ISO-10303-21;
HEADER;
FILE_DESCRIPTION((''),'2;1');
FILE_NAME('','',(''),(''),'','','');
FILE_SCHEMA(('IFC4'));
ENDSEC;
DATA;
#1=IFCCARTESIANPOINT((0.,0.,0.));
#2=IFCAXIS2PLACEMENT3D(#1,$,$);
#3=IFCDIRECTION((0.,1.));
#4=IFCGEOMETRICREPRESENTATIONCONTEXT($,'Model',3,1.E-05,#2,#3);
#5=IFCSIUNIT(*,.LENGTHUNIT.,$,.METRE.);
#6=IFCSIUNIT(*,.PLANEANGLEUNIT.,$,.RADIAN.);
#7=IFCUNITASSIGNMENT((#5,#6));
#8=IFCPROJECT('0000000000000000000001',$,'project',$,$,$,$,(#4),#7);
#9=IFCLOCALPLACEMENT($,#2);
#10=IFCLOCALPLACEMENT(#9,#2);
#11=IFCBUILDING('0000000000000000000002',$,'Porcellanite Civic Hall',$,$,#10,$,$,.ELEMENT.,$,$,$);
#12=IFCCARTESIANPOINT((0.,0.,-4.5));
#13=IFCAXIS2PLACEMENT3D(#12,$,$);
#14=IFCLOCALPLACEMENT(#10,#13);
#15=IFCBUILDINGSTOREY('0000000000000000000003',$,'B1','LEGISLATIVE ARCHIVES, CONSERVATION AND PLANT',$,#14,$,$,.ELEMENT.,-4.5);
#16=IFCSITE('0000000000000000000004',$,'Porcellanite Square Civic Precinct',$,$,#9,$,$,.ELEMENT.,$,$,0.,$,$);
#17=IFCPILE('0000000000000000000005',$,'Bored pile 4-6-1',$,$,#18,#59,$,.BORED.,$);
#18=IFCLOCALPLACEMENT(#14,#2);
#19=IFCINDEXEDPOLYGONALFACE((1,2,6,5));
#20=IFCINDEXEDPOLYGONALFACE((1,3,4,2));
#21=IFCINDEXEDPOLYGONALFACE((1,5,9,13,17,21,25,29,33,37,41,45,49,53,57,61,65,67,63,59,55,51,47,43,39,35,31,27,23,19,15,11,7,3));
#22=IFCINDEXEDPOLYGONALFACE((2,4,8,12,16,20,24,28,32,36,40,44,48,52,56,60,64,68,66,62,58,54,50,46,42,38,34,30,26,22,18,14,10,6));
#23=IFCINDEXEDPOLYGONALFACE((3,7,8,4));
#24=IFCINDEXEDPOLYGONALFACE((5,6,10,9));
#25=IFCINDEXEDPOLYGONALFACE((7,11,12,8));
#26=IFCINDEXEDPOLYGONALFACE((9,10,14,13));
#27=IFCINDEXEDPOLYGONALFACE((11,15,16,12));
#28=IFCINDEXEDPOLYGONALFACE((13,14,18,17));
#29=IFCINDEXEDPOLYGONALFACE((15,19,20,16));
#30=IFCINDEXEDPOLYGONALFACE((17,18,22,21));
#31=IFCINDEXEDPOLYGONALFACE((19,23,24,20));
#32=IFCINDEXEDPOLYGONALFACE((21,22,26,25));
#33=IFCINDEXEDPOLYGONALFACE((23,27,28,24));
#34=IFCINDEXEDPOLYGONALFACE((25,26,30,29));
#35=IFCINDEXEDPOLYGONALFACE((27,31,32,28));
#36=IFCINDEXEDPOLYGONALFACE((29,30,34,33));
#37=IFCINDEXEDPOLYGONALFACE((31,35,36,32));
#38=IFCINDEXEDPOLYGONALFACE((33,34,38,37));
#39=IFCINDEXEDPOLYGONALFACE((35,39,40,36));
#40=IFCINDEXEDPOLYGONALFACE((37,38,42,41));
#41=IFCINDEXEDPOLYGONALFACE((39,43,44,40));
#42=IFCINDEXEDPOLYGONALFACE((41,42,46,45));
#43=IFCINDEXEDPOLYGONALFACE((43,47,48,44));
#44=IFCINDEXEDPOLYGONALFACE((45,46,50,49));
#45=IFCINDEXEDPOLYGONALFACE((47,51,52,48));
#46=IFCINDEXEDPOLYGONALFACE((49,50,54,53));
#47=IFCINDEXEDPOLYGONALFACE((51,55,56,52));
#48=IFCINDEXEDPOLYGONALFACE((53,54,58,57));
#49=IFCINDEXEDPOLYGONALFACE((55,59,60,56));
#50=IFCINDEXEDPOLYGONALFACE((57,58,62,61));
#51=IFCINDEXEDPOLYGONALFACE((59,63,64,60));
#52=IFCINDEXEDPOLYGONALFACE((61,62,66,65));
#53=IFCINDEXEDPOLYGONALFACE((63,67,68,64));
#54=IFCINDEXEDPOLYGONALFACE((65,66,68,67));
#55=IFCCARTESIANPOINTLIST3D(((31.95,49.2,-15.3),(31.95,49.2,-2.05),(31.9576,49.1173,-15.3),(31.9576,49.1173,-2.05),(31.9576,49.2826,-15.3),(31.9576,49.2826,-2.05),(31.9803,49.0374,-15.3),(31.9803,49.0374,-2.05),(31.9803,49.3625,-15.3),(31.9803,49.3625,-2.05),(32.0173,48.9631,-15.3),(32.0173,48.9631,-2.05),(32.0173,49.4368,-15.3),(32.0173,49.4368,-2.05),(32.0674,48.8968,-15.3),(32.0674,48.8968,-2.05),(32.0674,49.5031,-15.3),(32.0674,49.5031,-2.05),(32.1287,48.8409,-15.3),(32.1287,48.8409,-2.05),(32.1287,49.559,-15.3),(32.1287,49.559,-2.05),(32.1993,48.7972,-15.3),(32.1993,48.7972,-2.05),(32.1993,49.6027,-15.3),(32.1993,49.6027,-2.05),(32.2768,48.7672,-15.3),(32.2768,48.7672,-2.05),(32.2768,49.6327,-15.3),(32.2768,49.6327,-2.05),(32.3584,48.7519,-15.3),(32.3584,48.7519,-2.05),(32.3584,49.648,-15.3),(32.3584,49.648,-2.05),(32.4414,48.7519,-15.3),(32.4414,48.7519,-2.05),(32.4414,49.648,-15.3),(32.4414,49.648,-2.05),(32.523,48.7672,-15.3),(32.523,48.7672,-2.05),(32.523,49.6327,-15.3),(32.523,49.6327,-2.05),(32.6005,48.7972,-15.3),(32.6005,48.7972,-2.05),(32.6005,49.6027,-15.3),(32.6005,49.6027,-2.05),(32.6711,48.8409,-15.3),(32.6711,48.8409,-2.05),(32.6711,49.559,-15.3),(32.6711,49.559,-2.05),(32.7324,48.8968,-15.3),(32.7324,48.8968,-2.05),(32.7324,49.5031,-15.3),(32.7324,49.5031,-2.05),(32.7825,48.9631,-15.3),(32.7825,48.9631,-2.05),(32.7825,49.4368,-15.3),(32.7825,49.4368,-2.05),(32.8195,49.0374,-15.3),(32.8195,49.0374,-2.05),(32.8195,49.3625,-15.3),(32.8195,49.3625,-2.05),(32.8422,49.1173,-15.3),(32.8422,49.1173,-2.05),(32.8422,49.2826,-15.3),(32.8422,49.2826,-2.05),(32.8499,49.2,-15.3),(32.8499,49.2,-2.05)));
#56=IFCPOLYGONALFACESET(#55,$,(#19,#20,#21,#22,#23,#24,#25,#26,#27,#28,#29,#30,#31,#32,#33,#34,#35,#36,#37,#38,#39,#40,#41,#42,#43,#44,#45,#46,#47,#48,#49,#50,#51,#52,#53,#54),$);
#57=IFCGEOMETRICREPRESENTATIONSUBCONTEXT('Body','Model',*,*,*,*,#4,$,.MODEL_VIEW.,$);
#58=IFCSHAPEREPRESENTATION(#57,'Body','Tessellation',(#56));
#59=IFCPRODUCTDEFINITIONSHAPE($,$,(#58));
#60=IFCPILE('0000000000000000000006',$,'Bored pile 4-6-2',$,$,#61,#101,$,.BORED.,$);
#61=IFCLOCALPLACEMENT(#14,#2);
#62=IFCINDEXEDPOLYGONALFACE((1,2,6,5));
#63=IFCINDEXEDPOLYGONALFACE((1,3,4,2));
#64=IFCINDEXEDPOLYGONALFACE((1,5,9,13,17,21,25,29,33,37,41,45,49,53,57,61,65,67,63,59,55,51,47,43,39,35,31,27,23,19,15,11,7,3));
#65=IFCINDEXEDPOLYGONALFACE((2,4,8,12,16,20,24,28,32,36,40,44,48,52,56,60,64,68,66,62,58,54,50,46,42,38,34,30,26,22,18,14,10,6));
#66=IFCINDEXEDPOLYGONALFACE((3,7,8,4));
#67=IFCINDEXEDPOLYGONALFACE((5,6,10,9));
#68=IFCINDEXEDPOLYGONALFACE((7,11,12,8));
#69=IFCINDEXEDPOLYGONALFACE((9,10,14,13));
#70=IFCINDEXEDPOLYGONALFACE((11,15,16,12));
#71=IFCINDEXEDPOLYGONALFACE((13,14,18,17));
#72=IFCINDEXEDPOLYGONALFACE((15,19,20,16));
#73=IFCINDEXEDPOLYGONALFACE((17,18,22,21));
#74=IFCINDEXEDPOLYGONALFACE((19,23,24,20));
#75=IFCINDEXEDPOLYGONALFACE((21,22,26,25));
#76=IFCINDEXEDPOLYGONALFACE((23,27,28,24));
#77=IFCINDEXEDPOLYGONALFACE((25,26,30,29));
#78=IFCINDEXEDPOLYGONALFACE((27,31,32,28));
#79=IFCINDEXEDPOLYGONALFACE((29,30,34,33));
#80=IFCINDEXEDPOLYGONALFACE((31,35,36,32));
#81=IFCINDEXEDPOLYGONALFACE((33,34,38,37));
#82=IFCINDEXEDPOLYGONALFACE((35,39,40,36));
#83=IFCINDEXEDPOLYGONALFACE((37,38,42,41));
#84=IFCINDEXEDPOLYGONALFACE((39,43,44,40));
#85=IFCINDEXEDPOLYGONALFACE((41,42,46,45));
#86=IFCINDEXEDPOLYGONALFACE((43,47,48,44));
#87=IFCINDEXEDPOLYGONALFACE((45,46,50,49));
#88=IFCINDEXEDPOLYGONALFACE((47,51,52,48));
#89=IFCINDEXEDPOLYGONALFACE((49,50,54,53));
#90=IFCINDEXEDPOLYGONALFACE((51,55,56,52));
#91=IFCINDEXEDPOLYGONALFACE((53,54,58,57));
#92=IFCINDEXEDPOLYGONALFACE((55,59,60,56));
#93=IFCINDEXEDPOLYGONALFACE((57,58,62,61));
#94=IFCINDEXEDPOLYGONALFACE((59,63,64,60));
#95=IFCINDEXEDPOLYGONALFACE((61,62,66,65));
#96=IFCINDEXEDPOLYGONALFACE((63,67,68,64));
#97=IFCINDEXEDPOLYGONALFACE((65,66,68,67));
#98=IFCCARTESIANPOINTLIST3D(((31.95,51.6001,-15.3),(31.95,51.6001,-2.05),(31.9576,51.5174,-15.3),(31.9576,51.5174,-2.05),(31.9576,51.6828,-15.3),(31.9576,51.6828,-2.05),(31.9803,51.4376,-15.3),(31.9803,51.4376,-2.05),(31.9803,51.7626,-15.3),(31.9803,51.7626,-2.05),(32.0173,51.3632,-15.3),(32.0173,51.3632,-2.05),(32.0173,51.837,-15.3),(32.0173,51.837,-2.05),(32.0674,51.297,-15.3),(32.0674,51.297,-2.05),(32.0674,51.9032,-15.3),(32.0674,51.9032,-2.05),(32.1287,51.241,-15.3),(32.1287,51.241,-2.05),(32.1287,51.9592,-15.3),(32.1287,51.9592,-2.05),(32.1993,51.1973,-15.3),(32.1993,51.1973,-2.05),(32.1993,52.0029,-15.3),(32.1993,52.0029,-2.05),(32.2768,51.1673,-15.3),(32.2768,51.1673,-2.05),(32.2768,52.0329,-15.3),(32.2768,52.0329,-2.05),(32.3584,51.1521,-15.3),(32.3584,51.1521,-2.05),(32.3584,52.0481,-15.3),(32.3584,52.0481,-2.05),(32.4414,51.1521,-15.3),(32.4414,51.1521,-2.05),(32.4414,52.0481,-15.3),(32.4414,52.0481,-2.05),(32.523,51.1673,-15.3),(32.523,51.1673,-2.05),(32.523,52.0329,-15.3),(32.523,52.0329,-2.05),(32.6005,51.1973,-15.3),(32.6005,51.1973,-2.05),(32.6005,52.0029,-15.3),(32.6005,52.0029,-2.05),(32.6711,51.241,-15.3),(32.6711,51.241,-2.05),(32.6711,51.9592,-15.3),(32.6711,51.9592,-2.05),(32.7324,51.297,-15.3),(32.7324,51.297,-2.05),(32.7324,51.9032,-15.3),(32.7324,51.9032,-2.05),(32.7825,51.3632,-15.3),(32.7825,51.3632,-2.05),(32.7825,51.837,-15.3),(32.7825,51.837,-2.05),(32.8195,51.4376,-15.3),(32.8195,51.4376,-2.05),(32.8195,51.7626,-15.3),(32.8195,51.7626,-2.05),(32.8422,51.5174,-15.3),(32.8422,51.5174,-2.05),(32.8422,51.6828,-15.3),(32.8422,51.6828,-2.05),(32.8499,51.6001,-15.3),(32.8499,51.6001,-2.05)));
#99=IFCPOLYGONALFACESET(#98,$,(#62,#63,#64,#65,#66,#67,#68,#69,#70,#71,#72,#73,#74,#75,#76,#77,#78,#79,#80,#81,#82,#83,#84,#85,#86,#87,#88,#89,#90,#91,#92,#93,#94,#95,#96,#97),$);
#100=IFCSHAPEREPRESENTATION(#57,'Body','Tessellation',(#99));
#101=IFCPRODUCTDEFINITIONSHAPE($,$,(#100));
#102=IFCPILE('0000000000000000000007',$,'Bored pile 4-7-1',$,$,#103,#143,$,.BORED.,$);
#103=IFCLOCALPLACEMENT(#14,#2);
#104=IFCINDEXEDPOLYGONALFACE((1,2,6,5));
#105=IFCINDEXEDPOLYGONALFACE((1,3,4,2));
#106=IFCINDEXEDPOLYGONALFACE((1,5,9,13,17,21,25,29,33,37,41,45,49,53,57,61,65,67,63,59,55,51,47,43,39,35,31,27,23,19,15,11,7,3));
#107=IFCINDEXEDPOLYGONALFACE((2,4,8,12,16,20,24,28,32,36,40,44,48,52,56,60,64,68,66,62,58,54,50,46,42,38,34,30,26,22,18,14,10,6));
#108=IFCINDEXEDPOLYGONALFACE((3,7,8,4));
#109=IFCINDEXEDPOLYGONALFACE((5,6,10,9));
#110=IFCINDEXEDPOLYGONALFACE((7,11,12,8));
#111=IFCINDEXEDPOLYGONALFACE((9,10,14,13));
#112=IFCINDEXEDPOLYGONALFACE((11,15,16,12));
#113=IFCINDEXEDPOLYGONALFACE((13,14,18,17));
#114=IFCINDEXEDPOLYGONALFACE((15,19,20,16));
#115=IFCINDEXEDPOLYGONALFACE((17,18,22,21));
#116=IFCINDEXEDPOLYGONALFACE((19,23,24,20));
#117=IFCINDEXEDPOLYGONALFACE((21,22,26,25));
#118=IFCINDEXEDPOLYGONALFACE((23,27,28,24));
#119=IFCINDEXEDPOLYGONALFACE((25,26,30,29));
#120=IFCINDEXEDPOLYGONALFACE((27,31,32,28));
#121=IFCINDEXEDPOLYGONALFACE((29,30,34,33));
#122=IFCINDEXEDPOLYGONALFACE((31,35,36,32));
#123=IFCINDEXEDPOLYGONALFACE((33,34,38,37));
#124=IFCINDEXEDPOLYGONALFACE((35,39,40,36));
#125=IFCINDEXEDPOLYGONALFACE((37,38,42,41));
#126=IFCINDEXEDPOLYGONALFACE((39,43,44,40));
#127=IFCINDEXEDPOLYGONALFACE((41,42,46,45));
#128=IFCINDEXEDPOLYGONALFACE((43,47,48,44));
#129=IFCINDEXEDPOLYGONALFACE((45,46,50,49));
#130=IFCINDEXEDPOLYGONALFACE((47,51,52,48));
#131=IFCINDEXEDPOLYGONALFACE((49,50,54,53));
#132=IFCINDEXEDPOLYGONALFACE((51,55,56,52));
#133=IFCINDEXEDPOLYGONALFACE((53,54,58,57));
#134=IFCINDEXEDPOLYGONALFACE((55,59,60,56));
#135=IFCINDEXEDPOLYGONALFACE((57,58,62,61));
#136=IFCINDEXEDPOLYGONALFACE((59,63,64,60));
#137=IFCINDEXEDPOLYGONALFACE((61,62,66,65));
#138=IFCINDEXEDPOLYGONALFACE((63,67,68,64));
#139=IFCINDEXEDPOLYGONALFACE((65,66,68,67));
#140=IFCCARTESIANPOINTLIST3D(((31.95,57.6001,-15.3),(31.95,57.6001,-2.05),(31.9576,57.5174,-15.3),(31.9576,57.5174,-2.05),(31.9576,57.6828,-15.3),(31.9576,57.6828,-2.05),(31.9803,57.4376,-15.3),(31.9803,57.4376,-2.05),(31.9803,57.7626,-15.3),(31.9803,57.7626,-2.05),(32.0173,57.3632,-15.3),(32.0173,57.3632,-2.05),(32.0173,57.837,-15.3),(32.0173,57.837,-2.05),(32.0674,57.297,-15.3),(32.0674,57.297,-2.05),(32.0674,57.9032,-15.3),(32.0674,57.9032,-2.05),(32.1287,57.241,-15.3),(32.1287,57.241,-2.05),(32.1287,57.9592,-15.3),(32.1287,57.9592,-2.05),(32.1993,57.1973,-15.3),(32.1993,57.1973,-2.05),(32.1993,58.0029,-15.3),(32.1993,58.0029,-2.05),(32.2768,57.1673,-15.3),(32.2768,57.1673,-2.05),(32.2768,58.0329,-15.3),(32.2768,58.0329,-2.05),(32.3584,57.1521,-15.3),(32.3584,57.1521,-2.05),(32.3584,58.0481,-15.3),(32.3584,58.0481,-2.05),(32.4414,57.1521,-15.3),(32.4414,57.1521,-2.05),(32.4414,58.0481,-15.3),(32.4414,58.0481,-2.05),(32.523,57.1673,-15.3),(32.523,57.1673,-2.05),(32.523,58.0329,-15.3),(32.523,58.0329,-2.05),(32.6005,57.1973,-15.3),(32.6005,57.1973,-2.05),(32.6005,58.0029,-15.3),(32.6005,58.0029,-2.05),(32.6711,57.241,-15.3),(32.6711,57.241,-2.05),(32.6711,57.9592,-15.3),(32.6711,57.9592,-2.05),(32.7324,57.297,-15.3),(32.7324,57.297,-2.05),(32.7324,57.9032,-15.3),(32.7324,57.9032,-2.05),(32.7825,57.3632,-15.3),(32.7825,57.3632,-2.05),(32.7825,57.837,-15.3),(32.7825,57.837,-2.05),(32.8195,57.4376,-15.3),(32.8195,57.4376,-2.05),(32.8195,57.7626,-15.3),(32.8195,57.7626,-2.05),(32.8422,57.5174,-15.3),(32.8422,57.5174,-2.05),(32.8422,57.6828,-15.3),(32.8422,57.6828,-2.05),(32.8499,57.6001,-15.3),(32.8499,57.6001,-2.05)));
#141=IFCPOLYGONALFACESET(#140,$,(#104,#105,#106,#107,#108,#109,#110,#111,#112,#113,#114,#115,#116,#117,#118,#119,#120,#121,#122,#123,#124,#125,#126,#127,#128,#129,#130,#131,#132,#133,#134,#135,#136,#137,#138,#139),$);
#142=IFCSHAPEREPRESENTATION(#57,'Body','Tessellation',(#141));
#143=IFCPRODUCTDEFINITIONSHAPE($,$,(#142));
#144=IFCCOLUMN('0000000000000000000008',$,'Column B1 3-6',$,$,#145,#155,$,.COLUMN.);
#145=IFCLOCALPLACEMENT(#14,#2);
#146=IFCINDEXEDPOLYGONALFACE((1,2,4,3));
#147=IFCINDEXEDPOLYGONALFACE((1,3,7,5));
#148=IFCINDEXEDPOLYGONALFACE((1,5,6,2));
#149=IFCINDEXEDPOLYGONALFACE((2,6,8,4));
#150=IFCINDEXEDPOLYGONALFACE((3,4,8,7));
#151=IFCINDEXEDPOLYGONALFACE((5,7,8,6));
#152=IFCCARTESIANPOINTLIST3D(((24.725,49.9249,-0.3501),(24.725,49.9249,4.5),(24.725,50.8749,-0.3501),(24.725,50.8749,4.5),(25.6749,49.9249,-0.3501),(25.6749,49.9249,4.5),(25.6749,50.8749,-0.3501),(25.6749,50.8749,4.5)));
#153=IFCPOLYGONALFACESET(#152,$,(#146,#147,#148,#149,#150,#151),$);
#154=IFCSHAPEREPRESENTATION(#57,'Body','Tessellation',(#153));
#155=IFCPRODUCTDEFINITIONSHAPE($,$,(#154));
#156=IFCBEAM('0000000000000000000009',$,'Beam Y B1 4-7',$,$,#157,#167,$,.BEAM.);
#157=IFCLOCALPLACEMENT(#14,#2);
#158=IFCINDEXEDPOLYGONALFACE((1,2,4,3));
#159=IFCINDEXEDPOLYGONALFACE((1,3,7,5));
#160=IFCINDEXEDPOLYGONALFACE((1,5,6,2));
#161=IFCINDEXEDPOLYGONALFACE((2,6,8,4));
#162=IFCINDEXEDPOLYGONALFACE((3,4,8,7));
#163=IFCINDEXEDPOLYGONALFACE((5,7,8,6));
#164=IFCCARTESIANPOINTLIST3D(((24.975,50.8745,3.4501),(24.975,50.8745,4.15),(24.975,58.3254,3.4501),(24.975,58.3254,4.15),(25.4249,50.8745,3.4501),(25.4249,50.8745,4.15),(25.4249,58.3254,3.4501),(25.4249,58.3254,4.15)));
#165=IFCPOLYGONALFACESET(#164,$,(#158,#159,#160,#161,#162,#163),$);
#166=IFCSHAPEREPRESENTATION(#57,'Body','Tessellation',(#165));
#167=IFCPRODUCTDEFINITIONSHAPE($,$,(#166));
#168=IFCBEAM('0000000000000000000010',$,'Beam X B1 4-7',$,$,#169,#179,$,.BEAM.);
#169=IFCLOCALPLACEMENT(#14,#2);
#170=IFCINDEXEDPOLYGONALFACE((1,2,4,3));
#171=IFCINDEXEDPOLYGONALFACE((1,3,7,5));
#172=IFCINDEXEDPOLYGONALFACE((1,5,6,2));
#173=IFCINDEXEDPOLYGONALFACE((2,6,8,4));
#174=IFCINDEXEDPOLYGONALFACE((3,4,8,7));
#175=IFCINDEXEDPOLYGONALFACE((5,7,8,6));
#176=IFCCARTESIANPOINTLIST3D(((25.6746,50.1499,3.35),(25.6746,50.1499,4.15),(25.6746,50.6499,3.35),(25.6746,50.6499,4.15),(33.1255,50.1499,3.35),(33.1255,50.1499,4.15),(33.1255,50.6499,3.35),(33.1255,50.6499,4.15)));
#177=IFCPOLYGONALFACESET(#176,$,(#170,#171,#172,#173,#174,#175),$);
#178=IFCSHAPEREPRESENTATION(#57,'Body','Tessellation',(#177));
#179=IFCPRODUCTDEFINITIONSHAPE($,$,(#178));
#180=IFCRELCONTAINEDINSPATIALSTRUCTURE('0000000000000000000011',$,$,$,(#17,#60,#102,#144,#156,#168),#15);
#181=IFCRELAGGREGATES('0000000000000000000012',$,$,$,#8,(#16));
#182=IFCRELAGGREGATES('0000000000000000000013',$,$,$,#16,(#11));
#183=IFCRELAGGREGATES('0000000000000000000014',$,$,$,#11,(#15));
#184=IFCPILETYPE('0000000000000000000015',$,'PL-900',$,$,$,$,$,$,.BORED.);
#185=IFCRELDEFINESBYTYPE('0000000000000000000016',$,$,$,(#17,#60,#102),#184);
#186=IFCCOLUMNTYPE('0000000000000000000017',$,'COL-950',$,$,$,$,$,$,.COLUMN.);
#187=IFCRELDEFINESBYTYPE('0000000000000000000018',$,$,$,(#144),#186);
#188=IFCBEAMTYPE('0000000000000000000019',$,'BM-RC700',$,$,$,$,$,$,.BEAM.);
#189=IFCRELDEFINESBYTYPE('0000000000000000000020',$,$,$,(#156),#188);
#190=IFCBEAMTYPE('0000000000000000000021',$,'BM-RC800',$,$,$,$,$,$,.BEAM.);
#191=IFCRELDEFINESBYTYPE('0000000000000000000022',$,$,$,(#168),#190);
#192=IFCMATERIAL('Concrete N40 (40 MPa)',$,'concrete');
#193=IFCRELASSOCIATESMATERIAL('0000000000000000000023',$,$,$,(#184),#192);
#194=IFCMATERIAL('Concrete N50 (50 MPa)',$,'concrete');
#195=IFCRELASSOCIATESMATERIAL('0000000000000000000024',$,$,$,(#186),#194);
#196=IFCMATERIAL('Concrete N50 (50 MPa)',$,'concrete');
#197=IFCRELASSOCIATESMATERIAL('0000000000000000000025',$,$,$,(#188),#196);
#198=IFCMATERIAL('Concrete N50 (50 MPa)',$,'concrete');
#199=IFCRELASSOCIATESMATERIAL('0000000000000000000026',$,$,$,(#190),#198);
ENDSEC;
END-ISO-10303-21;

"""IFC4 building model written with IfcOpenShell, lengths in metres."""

from ifc_helpers import new_model, si_unit, direction, frame, origin, origin_2d, place, context, subcontext, project, spatial, rectangle, circle, extrude, material, material_profile, profile_set, type_object, element, save


model = new_model("IFC4")

# Units and contexts
model_context = context("Model", 3, precision=1e-05, world=origin(), true_north=direction((0.0, 1.0)))
body_context = subcontext(model_context, "Body", "Model", "MODEL_VIEW")
ifc_project = project(units=[si_unit("LENGTHUNIT", "METRE"), si_unit("PLANEANGLEUNIT", "RADIAN")], contexts=[model_context])

# Site, building, storey
site_placement = place(None, origin())
site = spatial("IfcSite", under=ifc_project, at=site_placement, Name="Porcellanite Square Civic Precinct", CompositionType="ELEMENT", RefElevation=0.0)
building_placement = place(site_placement, origin())
building = spatial("IfcBuilding", under=site, at=building_placement, Name="Porcellanite Civic Hall", CompositionType="ELEMENT")
storey_placement = place(building_placement, frame((0.0, 0.0, -4.5)))
storey = spatial("IfcBuildingStorey", under=building, at=storey_placement, Name="B1", Description="LEGISLATIVE ARCHIVES, CONSERVATION AND PLANT", CompositionType="ELEMENT", Elevation=-4.5)

# Piles
ifc_material_1 = material(Name="Concrete N40 (40 MPa)", Category="concrete")
ifc_material_profile_1 = material_profile(ifc_material_1, circle(Radius=0.45, at=origin_2d()), Name="PILE-D900")
ifc_profile_set_1 = profile_set([ifc_material_profile_1], Name="Concrete N40 (40 MPa)")
pile_type = type_object("IfcPileType", Name="PL-900", PredefinedType="BORED", material=ifc_profile_set_1)
for number, where, z_axis, x_axis, name in (
    (1, (32.3999, 49.2, -2.05), (0.0, 0.0, -1.0), (1.0, 0.0, 0.0), "Bored pile 4-6-1"),
    (2, (32.3999, 51.6001, -2.05), (0.0, 0.0, -1.0), (1.0, 0.0, 0.0), "Bored pile 4-6-2"),
    (3, (32.3999, 57.6001, -2.05), (0.0, 0.0, -1.0), (1.0, 0.0, 0.0), "Bored pile 4-7-1"),
):
    element("IfcPile", number, at=place(storey_placement, frame(where, z_axis=z_axis, x_axis=x_axis)), inside=storey, type_object=pile_type, Name=name, PredefinedType="BORED", context=body_context, shape_type="SweptSolid", body=[
        extrude(circle(Radius=0.45, at=origin_2d()), origin(), (0.0, 0.0, 1.0), 13.25),
    ])

# Column
ifc_material_2 = material(Name="Concrete N50 (50 MPa)", Category="concrete")
ifc_material_profile_2 = material_profile(ifc_material_2, rectangle(XDim=0.95, YDim=0.95, at=origin_2d()), Name="RC-950x950")
ifc_profile_set_2 = profile_set([ifc_material_profile_2], Name="Concrete N50 (50 MPa)")
column_type = type_object("IfcColumnType", Name="COL-950", PredefinedType="COLUMN", material=ifc_profile_set_2)
column_placement = place(storey_placement, frame((25.2, 50.3999, -0.3501), z_axis=(0.0, 0.0, 1.0), x_axis=(1.0, 0.0, 0.0)))
element("IfcColumn", 4, at=column_placement, inside=storey, type_object=column_type, Name="Column B1 3-6", PredefinedType="COLUMN", context=body_context, shape_type="SweptSolid", body=[
    extrude(rectangle(XDim=0.95, YDim=0.95, at=origin_2d()), origin(), (0.0, 0.0, 1.0), 4.8501),
])

# Beams
ifc_material_3 = material(Name="Concrete N50 (50 MPa)", Category="concrete")
ifc_material_profile_3 = material_profile(ifc_material_3, rectangle(XDim=0.45, YDim=0.7, at=origin_2d()), Name="RC-450x700")
ifc_profile_set_3 = profile_set([ifc_material_profile_3], Name="Concrete N50 (50 MPa)")
beam_type_1 = type_object("IfcBeamType", Name="BM-RC700", PredefinedType="BEAM", material=ifc_profile_set_3)
beam_1_placement = place(storey_placement, frame((25.2, 50.8745, 3.8), z_axis=(0.0, 1.0, 0.0), x_axis=(-1.0, 0.0, 0.0)))
element("IfcBeam", 5, at=beam_1_placement, inside=storey, type_object=beam_type_1, Name="Beam Y B1 4-7", PredefinedType="BEAM", context=body_context, shape_type="SweptSolid", body=[
    extrude(rectangle(XDim=0.45, YDim=0.7, at=origin_2d()), origin(), (0.0, 0.0, 1.0), 7.4509),
])
ifc_material_4 = material(Name="Concrete N50 (50 MPa)", Category="concrete")
ifc_material_profile_4 = material_profile(ifc_material_4, rectangle(XDim=0.5, YDim=0.8, at=origin_2d()), Name="RC-500x800")
ifc_profile_set_4 = profile_set([ifc_material_profile_4], Name="Concrete N50 (50 MPa)")
beam_type_2 = type_object("IfcBeamType", Name="BM-RC800", PredefinedType="BEAM", material=ifc_profile_set_4)
beam_2_placement = place(storey_placement, frame((25.6746, 50.3999, 3.75), z_axis=(1.0, 0.0, 0.0), x_axis=(0.0, 1.0, 0.0)))
element("IfcBeam", 6, at=beam_2_placement, inside=storey, type_object=beam_type_2, Name="Beam X B1 4-7", PredefinedType="BEAM", context=body_context, shape_type="SweptSolid", body=[
    extrude(rectangle(XDim=0.5, YDim=0.8, at=origin_2d()), origin(), (0.0, 0.0, 1.0), 7.4509),
])

save(model, "model.ifc")
